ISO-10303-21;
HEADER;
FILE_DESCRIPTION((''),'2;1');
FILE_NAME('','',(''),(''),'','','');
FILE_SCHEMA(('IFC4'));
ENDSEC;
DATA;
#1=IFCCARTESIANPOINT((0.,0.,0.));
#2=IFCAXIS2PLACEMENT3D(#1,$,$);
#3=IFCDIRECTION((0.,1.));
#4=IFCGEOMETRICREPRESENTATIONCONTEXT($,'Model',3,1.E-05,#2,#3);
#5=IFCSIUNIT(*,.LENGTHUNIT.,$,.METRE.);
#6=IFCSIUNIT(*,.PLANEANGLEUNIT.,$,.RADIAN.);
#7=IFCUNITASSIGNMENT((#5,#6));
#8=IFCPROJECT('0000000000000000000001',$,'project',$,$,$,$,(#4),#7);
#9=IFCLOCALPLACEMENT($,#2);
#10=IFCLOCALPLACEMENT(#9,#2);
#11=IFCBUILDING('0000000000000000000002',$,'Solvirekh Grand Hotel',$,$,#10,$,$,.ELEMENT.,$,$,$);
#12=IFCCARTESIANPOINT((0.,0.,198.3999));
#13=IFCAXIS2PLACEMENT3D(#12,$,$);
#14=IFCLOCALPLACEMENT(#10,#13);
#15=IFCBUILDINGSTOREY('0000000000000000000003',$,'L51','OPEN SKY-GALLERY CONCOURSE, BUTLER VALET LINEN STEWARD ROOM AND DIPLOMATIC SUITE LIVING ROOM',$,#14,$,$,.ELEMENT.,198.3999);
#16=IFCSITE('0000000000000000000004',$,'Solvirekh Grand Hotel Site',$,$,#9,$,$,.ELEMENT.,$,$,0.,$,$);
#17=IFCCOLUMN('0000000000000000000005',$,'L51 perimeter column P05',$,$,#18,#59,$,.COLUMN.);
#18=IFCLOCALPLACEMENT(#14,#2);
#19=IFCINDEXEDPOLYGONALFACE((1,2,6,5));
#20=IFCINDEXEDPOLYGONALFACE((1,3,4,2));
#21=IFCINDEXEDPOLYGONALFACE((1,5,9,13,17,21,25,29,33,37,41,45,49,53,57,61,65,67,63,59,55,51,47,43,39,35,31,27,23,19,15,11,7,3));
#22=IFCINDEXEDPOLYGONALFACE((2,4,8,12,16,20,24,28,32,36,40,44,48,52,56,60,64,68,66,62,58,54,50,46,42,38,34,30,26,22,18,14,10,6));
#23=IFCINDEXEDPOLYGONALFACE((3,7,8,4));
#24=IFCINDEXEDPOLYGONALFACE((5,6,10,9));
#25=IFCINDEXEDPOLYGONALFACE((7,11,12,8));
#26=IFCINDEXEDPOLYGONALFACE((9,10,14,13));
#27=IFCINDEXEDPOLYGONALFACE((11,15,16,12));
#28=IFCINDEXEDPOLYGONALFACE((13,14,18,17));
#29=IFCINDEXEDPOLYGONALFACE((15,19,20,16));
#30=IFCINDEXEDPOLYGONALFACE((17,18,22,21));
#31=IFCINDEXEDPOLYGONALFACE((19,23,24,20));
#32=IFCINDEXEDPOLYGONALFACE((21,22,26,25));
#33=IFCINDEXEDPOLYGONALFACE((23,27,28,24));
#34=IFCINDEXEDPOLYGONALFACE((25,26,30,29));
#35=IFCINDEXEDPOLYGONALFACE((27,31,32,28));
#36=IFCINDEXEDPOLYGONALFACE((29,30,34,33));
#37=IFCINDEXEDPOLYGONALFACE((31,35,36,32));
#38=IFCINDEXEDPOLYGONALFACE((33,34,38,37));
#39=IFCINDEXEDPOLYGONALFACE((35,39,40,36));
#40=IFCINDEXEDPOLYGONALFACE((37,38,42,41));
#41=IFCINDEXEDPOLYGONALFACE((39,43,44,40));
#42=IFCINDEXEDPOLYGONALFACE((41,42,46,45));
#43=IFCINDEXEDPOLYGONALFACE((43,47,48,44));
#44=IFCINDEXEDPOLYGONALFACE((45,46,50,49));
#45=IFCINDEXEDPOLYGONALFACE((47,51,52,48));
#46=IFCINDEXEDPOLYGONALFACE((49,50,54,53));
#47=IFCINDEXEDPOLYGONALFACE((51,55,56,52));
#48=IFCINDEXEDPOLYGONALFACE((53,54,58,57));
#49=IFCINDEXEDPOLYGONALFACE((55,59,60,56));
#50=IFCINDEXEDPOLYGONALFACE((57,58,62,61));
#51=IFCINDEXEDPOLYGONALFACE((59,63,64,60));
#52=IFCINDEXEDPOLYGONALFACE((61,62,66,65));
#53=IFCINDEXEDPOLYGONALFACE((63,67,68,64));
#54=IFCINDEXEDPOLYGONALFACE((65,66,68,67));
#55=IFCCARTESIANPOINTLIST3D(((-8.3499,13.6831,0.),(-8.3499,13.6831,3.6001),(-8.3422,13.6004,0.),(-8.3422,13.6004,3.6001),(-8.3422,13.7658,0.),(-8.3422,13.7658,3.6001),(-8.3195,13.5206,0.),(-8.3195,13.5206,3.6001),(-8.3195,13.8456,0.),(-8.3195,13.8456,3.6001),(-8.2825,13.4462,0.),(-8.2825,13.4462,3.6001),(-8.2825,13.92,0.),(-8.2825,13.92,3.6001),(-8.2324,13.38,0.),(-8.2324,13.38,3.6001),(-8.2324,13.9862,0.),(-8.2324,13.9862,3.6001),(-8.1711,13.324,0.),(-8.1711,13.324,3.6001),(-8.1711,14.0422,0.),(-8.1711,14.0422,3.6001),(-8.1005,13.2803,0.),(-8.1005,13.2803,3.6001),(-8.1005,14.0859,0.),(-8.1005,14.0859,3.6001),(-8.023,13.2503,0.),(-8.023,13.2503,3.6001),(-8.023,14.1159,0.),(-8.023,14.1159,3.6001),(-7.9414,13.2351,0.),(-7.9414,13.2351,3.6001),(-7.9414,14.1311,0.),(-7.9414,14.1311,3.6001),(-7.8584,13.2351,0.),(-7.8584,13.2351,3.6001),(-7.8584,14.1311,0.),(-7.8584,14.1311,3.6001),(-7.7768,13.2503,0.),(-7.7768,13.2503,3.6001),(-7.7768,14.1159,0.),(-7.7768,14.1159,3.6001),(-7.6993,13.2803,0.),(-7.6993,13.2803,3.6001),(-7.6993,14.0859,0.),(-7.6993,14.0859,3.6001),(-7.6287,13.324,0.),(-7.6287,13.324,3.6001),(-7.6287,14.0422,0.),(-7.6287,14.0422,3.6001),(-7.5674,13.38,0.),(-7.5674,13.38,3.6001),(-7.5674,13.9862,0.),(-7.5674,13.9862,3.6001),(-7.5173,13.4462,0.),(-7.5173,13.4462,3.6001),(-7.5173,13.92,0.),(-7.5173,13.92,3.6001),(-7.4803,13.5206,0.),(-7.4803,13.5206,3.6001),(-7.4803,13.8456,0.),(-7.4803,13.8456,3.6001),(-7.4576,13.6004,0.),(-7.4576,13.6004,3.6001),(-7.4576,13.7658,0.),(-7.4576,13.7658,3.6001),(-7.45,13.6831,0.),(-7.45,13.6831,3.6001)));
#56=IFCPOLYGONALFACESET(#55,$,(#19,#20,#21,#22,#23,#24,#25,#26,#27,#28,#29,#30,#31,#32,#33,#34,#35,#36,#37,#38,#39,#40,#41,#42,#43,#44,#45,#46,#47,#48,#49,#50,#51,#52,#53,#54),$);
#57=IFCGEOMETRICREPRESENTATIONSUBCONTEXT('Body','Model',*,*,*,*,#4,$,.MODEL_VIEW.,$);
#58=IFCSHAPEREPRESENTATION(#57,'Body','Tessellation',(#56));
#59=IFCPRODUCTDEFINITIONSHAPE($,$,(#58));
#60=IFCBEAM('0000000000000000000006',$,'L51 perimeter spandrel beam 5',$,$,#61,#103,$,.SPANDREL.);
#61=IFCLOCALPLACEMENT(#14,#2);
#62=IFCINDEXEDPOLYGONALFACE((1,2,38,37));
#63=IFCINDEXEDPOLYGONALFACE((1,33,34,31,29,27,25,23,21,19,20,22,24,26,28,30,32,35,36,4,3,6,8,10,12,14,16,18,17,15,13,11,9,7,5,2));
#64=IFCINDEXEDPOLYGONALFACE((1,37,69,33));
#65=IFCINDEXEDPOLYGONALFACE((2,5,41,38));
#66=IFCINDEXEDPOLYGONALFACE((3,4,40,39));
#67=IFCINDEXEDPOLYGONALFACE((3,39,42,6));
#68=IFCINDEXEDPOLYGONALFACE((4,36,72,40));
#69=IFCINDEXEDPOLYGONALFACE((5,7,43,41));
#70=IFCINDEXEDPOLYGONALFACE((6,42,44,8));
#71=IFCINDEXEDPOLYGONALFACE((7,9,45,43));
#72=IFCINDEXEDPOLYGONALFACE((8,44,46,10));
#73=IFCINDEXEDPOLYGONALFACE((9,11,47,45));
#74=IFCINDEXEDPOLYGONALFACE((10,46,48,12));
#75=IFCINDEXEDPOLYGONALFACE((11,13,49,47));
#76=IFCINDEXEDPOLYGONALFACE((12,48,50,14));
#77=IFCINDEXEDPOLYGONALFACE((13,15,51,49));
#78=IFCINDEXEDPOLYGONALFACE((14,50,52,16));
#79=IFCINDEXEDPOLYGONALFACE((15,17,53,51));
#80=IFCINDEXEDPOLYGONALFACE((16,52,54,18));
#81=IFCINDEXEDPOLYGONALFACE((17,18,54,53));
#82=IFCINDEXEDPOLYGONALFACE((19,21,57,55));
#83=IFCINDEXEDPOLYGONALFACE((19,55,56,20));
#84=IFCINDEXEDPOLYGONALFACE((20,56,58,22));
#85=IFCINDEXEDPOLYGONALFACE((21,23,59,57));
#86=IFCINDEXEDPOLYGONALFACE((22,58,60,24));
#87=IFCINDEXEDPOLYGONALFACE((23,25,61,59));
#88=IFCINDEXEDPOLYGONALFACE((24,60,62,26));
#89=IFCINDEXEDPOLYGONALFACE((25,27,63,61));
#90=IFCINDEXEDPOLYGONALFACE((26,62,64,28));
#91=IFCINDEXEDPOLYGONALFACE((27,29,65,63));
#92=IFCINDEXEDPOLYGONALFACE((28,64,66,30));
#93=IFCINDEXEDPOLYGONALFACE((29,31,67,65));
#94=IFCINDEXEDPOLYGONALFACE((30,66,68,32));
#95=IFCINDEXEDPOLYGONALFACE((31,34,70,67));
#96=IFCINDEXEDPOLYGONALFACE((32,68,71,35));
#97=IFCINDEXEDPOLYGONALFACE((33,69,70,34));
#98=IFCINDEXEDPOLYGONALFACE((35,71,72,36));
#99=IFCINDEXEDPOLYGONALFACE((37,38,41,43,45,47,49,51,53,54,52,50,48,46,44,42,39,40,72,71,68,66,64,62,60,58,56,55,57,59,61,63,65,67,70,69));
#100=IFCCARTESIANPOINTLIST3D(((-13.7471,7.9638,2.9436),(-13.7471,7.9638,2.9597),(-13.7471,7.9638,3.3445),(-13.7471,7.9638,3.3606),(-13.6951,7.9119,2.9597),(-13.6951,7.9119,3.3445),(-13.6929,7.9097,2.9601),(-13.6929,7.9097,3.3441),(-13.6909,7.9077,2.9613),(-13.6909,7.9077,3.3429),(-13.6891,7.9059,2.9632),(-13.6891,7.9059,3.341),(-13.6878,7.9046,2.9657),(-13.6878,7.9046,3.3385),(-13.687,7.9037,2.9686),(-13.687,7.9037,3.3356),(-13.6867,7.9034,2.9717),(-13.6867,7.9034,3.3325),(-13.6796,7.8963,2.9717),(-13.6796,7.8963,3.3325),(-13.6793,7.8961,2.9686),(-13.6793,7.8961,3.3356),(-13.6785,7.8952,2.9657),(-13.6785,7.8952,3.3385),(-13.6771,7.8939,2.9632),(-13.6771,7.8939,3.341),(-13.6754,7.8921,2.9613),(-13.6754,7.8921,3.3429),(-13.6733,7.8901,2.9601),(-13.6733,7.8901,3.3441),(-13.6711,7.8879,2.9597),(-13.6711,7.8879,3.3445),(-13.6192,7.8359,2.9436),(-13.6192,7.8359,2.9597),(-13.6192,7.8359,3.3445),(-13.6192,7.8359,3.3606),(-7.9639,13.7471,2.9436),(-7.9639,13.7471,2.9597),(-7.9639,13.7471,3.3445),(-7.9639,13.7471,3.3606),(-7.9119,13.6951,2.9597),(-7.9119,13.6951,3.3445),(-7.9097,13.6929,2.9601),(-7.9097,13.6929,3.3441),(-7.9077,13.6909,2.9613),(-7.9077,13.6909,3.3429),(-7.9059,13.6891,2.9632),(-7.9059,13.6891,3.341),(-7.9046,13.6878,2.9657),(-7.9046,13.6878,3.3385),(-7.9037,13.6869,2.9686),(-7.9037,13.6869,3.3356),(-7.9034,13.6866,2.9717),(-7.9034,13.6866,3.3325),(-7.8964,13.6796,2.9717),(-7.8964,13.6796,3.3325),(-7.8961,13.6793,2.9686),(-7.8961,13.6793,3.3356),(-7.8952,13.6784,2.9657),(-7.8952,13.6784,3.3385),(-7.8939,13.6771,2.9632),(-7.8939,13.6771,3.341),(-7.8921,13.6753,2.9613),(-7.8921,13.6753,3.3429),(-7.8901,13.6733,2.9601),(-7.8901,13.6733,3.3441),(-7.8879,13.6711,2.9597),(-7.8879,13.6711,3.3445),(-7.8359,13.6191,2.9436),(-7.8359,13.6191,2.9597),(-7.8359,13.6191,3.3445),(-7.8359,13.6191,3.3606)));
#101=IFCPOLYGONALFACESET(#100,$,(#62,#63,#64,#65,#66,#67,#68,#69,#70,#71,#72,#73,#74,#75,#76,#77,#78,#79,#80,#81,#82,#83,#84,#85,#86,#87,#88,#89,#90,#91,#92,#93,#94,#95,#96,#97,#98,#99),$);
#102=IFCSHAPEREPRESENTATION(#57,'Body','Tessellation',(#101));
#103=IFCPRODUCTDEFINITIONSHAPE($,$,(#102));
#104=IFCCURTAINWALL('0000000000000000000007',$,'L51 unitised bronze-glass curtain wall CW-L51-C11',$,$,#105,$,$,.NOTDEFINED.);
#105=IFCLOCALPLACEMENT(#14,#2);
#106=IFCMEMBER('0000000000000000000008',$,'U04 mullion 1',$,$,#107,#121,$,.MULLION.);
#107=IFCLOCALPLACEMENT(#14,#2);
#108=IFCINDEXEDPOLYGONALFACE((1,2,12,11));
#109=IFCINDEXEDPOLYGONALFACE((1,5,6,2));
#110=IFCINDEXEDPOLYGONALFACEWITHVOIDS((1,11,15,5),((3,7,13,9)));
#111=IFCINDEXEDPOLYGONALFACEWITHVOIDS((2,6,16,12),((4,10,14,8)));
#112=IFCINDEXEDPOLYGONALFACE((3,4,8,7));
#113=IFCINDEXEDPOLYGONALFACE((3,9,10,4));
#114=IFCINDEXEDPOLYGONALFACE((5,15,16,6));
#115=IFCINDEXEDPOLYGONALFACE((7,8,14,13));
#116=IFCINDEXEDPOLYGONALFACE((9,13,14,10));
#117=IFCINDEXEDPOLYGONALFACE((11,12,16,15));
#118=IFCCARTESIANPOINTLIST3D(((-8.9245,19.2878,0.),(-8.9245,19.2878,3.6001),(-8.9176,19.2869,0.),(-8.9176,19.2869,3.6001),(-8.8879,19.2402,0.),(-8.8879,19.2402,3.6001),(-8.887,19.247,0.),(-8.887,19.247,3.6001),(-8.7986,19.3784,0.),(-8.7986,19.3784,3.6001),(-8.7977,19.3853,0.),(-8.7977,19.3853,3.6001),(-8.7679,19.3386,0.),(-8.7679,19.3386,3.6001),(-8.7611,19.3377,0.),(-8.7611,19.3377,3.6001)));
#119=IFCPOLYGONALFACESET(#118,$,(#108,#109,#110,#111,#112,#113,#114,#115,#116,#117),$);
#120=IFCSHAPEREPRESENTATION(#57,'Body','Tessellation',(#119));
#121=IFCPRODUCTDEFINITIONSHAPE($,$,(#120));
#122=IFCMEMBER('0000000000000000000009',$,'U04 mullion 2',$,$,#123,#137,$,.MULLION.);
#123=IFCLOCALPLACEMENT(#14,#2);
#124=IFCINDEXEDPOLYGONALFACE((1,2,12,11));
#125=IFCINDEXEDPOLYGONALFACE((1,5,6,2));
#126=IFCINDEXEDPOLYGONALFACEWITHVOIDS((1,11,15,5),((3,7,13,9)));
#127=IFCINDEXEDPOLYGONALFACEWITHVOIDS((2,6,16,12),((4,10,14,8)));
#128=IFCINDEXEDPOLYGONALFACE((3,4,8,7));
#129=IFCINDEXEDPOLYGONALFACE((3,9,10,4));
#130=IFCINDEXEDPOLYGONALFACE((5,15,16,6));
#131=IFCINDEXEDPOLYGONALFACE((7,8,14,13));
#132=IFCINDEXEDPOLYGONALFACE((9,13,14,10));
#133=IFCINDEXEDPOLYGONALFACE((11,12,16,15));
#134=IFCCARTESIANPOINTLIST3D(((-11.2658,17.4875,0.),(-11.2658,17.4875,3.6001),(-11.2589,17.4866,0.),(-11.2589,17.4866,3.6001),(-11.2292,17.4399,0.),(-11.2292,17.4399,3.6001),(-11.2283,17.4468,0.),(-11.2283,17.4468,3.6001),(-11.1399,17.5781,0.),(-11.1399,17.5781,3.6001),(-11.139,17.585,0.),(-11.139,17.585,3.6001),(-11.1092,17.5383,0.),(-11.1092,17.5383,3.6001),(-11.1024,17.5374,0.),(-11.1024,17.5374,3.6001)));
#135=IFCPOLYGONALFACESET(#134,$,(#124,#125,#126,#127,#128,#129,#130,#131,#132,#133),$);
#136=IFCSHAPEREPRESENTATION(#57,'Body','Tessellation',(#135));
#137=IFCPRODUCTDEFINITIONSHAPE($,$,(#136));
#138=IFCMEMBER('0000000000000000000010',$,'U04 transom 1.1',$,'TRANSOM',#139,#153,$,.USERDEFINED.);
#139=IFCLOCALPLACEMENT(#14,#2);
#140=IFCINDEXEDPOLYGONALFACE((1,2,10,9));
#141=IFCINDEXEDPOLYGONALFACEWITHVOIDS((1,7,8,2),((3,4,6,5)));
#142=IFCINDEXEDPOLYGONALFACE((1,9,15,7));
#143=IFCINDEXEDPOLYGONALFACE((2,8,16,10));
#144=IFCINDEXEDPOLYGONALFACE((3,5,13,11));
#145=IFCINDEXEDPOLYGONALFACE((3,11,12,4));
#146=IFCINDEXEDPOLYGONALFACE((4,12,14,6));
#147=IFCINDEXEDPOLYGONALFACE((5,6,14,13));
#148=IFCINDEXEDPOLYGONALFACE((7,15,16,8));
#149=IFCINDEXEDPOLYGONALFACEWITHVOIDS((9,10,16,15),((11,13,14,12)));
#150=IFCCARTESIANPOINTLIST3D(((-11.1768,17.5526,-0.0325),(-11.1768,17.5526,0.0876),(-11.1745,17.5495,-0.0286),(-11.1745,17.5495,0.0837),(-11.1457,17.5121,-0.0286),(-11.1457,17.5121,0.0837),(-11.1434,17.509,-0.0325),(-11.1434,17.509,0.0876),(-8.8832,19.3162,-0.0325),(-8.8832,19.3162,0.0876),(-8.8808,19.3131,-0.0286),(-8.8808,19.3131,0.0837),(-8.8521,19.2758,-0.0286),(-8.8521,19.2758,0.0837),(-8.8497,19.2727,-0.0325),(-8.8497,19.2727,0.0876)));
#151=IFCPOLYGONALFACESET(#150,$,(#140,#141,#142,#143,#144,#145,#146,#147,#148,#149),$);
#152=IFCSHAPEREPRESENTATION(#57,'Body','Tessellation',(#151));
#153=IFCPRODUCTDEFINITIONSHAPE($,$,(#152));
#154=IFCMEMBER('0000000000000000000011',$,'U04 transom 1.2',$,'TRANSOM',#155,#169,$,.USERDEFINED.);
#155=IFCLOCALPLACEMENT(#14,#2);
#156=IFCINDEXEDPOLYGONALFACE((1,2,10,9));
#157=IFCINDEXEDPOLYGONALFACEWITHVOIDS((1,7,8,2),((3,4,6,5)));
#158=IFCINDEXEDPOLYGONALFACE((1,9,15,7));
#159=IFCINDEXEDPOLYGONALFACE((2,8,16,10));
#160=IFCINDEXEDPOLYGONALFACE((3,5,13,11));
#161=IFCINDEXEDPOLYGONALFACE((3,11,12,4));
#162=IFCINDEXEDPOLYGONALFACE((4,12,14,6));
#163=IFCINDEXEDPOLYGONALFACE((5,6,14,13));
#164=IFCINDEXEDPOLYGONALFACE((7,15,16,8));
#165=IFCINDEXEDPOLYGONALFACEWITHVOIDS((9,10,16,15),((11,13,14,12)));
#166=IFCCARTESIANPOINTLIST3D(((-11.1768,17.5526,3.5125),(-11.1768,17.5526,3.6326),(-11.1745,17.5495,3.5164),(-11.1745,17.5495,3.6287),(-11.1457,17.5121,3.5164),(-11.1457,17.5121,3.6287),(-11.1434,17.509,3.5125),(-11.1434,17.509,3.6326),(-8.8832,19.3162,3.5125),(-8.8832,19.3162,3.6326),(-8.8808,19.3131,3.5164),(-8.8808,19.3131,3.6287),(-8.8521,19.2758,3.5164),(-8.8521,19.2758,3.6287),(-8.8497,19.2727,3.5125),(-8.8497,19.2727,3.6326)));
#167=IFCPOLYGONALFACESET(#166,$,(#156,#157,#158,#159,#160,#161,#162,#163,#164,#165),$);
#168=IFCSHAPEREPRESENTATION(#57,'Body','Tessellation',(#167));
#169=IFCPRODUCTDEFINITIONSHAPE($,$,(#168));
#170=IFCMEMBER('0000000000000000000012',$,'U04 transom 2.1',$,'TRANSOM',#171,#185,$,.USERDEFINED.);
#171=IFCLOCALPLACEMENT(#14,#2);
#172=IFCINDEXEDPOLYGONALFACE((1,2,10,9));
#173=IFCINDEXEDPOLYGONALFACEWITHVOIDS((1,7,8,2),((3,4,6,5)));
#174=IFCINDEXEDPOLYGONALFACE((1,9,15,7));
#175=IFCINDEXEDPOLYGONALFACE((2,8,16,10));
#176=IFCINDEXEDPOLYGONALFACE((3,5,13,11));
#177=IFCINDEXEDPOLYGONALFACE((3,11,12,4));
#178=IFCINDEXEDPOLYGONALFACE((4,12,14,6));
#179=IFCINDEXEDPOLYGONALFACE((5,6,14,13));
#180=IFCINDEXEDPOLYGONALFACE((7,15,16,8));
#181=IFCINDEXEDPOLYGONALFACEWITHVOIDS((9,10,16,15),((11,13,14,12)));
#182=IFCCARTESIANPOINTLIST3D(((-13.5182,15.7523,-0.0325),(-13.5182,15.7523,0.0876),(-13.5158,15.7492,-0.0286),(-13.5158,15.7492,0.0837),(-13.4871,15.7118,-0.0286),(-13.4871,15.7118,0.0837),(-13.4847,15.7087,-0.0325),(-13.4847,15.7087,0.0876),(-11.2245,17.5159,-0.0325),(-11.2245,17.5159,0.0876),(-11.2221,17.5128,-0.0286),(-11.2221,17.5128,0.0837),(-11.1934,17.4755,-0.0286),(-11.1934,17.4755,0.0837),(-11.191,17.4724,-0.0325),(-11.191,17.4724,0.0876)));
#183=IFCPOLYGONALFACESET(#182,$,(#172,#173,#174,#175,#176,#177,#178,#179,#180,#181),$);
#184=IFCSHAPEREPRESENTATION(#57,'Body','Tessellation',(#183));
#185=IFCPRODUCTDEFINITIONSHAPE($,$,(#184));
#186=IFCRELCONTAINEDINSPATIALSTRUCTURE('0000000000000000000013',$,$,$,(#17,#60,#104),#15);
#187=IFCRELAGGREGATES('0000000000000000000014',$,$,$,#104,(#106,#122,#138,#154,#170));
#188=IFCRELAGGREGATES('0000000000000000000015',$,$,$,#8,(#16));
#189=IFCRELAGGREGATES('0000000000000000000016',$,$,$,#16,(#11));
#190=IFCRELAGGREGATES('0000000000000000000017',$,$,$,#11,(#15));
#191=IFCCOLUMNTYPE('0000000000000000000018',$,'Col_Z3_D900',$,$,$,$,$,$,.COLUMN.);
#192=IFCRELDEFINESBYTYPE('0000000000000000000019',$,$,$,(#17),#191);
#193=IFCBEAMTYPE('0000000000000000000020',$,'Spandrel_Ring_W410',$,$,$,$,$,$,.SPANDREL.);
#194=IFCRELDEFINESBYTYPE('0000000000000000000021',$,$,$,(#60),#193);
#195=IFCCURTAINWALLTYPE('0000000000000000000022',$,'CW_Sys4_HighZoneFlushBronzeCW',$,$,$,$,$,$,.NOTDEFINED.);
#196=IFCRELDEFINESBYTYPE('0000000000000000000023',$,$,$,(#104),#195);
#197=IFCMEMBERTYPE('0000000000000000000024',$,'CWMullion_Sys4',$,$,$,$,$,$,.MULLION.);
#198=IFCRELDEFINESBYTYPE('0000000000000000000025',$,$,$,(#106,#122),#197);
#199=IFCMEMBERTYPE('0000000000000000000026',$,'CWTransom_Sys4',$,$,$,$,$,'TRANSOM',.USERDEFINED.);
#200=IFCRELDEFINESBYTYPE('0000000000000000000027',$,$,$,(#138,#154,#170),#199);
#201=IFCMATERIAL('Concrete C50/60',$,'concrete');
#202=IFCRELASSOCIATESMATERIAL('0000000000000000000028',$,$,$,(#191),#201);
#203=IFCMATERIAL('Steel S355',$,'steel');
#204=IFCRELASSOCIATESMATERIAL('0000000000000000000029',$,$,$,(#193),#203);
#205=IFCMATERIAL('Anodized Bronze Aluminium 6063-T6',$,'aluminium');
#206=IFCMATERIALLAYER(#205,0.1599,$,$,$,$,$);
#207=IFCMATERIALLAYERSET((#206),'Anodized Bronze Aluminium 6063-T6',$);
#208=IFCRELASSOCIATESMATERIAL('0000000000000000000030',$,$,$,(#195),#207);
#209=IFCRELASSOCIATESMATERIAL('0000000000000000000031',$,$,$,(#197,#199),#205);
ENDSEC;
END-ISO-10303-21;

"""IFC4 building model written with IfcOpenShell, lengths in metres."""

from ifc_helpers import new_model, si_unit, direction, frame, origin, origin_2d, place, context, subcontext, project, spatial, hollow_rectangle, circle, i_section, extrude, source, transform, mapped, material, layer, layer_set, material_profile, profile_set, type_object, element, aggregate, save


model = new_model("IFC4")

# Units and contexts
model_context = context("Model", 3, precision=1e-05, world=origin(), true_north=direction((0.0, 1.0)))
body_context = subcontext(model_context, "Body", "Model", "MODEL_VIEW")
ifc_project = project(units=[si_unit("LENGTHUNIT", "METRE"), si_unit("PLANEANGLEUNIT", "RADIAN")], contexts=[model_context])

# Site, building, storey
site_placement = place(None, origin())
site = spatial("IfcSite", under=ifc_project, at=site_placement, Name="Solvirekh Grand Hotel Site", CompositionType="ELEMENT", RefElevation=0.0)
building_placement = place(site_placement, origin())
building = spatial("IfcBuilding", under=site, at=building_placement, Name="Solvirekh Grand Hotel", CompositionType="ELEMENT")
storey_placement = place(building_placement, frame((0.0, 0.0, 198.3999)))
storey = spatial("IfcBuildingStorey", under=building, at=storey_placement, Name="L51", Description="OPEN SKY-GALLERY CONCOURSE, BUTLER VALET LINEN STEWARD ROOM AND DIPLOMATIC SUITE LIVING ROOM", CompositionType="ELEMENT", Elevation=198.3999)

# Column
ifc_material_1 = material(Name="Concrete C50/60", Category="concrete")
ifc_material_profile_1 = material_profile(ifc_material_1, circle(Radius=0.45, at=origin_2d()), Name="RC CIRC D900")
ifc_profile_set_1 = profile_set([ifc_material_profile_1], Name="Concrete C50/60")
column_type = type_object("IfcColumnType", Name="Col_Z3_D900", PredefinedType="COLUMN", material=ifc_profile_set_1)
column_placement = place(storey_placement, frame((-7.8999, 13.6831, 0.0), z_axis=(0.0, 0.0, 1.0), x_axis=(1.0, 0.0, 0.0)))
element("IfcColumn", 1, at=column_placement, inside=storey, type_object=column_type, Name="L51 perimeter column P05", PredefinedType="COLUMN", context=body_context, shape_type="SweptSolid", body=[
    extrude(circle(Radius=0.45, at=origin_2d()), origin(), (0.0, 0.0, 1.0), 3.6001),
])

# Beam
ifc_material_2 = material(Name="Steel S355", Category="steel")
ifc_material_profile_2 = material_profile(ifc_material_2, i_section(OverallWidth=0.1809, OverallDepth=0.417, WebThickness=0.01, FlangeThickness=0.0161, FilletRadius=0.012, at=origin_2d()), Name="W410X85")
ifc_profile_set_2 = profile_set([ifc_material_profile_2], Name="Steel S355")
beam_type = type_object("IfcBeamType", Name="Spandrel_Ring_W410", PredefinedType="SPANDREL", material=ifc_profile_set_2)
beam_placement = place(storey_placement, frame((-7.8999, 13.6831, 3.1521), z_axis=(-0.707107, -0.707107, 0.0), x_axis=(0.707107, -0.707107, 0.0)))
element("IfcBeam", 2, at=beam_placement, inside=storey, type_object=beam_type, Name="L51 perimeter spandrel beam 5", PredefinedType="SPANDREL", context=body_context, shape_type="SweptSolid", body=[
    extrude(i_section(OverallWidth=0.1809, OverallDepth=0.417, WebThickness=0.01, FlangeThickness=0.0161, FilletRadius=0.012, at=origin_2d()), origin(), (0.0, 0.0, 1.0), 8.1787),
])

# Curtain wall, members
ifc_material_3 = material(Name="Anodized Bronze Aluminium 6063-T6", Category="aluminium")
ifc_layer_1 = layer(ifc_material_3, 0.1599)
ifc_layer_set_1 = layer_set([ifc_layer_1], Name="Anodized Bronze Aluminium 6063-T6")
curtain_wall_type = type_object("IfcCurtainWallType", Name="CW_Sys4_HighZoneFlushBronzeCW", PredefinedType="NOTDEFINED", material=ifc_layer_set_1)
curtain_wall_placement = place(storey_placement, origin())
curtain_wall = element("IfcCurtainWall", 3, at=curtain_wall_placement, inside=storey, type_object=curtain_wall_type, Name="L51 unitised bronze-glass curtain wall CW-L51-C11", PredefinedType="NOTDEFINED")
ifc_material_profile_3 = material_profile(ifc_material_3, hollow_rectangle(XDim=0.0601, YDim=0.1599, WallThickness=0.0049, at=origin_2d()), Name="ALU RHS 160X60X5")
ifc_profile_set_3 = profile_set([ifc_material_profile_3], Name="Anodized Bronze Aluminium 6063-T6")
member_type_1 = type_object("IfcMemberType", Name="CWMullion_Sys4", PredefinedType="MULLION", material=ifc_profile_set_3)
shared_shape_1 = source(origin(), body_context, "Body", "SweptSolid", [
    extrude(hollow_rectangle(XDim=0.0601, YDim=0.1599, WallThickness=0.0049, at=origin_2d()), origin(), (0.0, 0.0, 1.0), 3.6001),
])
member_1_placement = place(storey_placement, frame((-8.8428, 19.3127, 0.0), z_axis=(0.0, 0.0, 1.0), x_axis=(0.609557, -0.792742, 0.0)))
member_1 = element("IfcMember", 4, at=member_1_placement, type_object=member_type_1, Name="U04 mullion 1", PredefinedType="MULLION", context=body_context, shape_type="MappedRepresentation", body=[
    mapped(shared_shape_1, transform((0.0, 0.0, 0.0), x_axis=(1.0, 0.0, 0.0), y_axis=(0.0, 1.0, 0.0), z_axis=(0.0, 0.0, 1.0), scale=1.0)),
])
member_2_placement = place(storey_placement, frame((-11.1841, 17.5125, 0.0), z_axis=(0.0, 0.0, 1.0), x_axis=(0.609557, -0.792742, 0.0)))
member_2 = element("IfcMember", 5, at=member_2_placement, type_object=member_type_1, Name="U04 mullion 2", PredefinedType="MULLION", context=body_context, shape_type="MappedRepresentation", body=[
    mapped(shared_shape_1, transform((0.0, 0.0, 0.0), x_axis=(1.0, 0.0, 0.0), y_axis=(0.0, 1.0, 0.0), z_axis=(0.0, 0.0, 1.0), scale=1.0)),
])
ifc_material_profile_4 = material_profile(ifc_material_3, hollow_rectangle(XDim=0.0549, YDim=0.1201, WallThickness=0.0039, at=origin_2d()), Name="ALU RHS 120X55X4")
ifc_profile_set_4 = profile_set([ifc_material_profile_4], Name="Anodized Bronze Aluminium 6063-T6")
member_type_2 = type_object("IfcMemberType", Name="CWTransom_Sys4", ElementType="TRANSOM", PredefinedType="USERDEFINED", material=ifc_profile_set_4)
shared_shape_2 = source(origin(), body_context, "Body", "SweptSolid", [
    extrude(hollow_rectangle(XDim=0.0549, YDim=0.1201, WallThickness=0.0039, at=origin_2d()), origin(), (0.0, 0.0, 1.0), 2.8933),
])
member_3_placement = place(storey_placement, frame((-8.8665, 19.2944, 0.0276), z_axis=(-0.792743, -0.609556, 0.0), x_axis=(0.609556, -0.792743, 0.0)))
member_3 = element("IfcMember", 6, at=member_3_placement, type_object=member_type_2, Name="U04 transom 1.1", ObjectType="TRANSOM", PredefinedType="USERDEFINED", context=body_context, shape_type="MappedRepresentation", body=[
    mapped(shared_shape_2, transform((0.0, 0.0, 0.0), x_axis=(1.0, 0.0, 0.0), y_axis=(0.0, 1.0, 0.0), z_axis=(0.0, 0.0, 1.0), scale=1.0)),
])
member_4_placement = place(storey_placement, frame((-8.8665, 19.2944, 3.5725), z_axis=(-0.792743, -0.609556, 0.0), x_axis=(0.609556, -0.792743, 0.0)))
member_4 = element("IfcMember", 7, at=member_4_placement, type_object=member_type_2, Name="U04 transom 1.2", ObjectType="TRANSOM", PredefinedType="USERDEFINED", context=body_context, shape_type="MappedRepresentation", body=[
    mapped(shared_shape_2, transform((0.0, 0.0, 0.0), x_axis=(1.0, 0.0, 0.0), y_axis=(0.0, 1.0, 0.0), z_axis=(0.0, 0.0, 1.0), scale=1.0)),
])
member_5_placement = place(storey_placement, frame((-11.2078, 17.4941, 0.0276), z_axis=(-0.792743, -0.609556, 0.0), x_axis=(0.609556, -0.792743, 0.0)))
member_5 = element("IfcMember", 8, at=member_5_placement, type_object=member_type_2, Name="U04 transom 2.1", ObjectType="TRANSOM", PredefinedType="USERDEFINED", context=body_context, shape_type="MappedRepresentation", body=[
    mapped(shared_shape_2, transform((0.0, 0.0, 0.0), x_axis=(1.0, 0.0, 0.0), y_axis=(0.0, 1.0, 0.0), z_axis=(0.0, 0.0, 1.0), scale=1.0)),
])
aggregate(curtain_wall, [member_1, member_2, member_3, member_4, member_5])

save(model, "model.ifc")
